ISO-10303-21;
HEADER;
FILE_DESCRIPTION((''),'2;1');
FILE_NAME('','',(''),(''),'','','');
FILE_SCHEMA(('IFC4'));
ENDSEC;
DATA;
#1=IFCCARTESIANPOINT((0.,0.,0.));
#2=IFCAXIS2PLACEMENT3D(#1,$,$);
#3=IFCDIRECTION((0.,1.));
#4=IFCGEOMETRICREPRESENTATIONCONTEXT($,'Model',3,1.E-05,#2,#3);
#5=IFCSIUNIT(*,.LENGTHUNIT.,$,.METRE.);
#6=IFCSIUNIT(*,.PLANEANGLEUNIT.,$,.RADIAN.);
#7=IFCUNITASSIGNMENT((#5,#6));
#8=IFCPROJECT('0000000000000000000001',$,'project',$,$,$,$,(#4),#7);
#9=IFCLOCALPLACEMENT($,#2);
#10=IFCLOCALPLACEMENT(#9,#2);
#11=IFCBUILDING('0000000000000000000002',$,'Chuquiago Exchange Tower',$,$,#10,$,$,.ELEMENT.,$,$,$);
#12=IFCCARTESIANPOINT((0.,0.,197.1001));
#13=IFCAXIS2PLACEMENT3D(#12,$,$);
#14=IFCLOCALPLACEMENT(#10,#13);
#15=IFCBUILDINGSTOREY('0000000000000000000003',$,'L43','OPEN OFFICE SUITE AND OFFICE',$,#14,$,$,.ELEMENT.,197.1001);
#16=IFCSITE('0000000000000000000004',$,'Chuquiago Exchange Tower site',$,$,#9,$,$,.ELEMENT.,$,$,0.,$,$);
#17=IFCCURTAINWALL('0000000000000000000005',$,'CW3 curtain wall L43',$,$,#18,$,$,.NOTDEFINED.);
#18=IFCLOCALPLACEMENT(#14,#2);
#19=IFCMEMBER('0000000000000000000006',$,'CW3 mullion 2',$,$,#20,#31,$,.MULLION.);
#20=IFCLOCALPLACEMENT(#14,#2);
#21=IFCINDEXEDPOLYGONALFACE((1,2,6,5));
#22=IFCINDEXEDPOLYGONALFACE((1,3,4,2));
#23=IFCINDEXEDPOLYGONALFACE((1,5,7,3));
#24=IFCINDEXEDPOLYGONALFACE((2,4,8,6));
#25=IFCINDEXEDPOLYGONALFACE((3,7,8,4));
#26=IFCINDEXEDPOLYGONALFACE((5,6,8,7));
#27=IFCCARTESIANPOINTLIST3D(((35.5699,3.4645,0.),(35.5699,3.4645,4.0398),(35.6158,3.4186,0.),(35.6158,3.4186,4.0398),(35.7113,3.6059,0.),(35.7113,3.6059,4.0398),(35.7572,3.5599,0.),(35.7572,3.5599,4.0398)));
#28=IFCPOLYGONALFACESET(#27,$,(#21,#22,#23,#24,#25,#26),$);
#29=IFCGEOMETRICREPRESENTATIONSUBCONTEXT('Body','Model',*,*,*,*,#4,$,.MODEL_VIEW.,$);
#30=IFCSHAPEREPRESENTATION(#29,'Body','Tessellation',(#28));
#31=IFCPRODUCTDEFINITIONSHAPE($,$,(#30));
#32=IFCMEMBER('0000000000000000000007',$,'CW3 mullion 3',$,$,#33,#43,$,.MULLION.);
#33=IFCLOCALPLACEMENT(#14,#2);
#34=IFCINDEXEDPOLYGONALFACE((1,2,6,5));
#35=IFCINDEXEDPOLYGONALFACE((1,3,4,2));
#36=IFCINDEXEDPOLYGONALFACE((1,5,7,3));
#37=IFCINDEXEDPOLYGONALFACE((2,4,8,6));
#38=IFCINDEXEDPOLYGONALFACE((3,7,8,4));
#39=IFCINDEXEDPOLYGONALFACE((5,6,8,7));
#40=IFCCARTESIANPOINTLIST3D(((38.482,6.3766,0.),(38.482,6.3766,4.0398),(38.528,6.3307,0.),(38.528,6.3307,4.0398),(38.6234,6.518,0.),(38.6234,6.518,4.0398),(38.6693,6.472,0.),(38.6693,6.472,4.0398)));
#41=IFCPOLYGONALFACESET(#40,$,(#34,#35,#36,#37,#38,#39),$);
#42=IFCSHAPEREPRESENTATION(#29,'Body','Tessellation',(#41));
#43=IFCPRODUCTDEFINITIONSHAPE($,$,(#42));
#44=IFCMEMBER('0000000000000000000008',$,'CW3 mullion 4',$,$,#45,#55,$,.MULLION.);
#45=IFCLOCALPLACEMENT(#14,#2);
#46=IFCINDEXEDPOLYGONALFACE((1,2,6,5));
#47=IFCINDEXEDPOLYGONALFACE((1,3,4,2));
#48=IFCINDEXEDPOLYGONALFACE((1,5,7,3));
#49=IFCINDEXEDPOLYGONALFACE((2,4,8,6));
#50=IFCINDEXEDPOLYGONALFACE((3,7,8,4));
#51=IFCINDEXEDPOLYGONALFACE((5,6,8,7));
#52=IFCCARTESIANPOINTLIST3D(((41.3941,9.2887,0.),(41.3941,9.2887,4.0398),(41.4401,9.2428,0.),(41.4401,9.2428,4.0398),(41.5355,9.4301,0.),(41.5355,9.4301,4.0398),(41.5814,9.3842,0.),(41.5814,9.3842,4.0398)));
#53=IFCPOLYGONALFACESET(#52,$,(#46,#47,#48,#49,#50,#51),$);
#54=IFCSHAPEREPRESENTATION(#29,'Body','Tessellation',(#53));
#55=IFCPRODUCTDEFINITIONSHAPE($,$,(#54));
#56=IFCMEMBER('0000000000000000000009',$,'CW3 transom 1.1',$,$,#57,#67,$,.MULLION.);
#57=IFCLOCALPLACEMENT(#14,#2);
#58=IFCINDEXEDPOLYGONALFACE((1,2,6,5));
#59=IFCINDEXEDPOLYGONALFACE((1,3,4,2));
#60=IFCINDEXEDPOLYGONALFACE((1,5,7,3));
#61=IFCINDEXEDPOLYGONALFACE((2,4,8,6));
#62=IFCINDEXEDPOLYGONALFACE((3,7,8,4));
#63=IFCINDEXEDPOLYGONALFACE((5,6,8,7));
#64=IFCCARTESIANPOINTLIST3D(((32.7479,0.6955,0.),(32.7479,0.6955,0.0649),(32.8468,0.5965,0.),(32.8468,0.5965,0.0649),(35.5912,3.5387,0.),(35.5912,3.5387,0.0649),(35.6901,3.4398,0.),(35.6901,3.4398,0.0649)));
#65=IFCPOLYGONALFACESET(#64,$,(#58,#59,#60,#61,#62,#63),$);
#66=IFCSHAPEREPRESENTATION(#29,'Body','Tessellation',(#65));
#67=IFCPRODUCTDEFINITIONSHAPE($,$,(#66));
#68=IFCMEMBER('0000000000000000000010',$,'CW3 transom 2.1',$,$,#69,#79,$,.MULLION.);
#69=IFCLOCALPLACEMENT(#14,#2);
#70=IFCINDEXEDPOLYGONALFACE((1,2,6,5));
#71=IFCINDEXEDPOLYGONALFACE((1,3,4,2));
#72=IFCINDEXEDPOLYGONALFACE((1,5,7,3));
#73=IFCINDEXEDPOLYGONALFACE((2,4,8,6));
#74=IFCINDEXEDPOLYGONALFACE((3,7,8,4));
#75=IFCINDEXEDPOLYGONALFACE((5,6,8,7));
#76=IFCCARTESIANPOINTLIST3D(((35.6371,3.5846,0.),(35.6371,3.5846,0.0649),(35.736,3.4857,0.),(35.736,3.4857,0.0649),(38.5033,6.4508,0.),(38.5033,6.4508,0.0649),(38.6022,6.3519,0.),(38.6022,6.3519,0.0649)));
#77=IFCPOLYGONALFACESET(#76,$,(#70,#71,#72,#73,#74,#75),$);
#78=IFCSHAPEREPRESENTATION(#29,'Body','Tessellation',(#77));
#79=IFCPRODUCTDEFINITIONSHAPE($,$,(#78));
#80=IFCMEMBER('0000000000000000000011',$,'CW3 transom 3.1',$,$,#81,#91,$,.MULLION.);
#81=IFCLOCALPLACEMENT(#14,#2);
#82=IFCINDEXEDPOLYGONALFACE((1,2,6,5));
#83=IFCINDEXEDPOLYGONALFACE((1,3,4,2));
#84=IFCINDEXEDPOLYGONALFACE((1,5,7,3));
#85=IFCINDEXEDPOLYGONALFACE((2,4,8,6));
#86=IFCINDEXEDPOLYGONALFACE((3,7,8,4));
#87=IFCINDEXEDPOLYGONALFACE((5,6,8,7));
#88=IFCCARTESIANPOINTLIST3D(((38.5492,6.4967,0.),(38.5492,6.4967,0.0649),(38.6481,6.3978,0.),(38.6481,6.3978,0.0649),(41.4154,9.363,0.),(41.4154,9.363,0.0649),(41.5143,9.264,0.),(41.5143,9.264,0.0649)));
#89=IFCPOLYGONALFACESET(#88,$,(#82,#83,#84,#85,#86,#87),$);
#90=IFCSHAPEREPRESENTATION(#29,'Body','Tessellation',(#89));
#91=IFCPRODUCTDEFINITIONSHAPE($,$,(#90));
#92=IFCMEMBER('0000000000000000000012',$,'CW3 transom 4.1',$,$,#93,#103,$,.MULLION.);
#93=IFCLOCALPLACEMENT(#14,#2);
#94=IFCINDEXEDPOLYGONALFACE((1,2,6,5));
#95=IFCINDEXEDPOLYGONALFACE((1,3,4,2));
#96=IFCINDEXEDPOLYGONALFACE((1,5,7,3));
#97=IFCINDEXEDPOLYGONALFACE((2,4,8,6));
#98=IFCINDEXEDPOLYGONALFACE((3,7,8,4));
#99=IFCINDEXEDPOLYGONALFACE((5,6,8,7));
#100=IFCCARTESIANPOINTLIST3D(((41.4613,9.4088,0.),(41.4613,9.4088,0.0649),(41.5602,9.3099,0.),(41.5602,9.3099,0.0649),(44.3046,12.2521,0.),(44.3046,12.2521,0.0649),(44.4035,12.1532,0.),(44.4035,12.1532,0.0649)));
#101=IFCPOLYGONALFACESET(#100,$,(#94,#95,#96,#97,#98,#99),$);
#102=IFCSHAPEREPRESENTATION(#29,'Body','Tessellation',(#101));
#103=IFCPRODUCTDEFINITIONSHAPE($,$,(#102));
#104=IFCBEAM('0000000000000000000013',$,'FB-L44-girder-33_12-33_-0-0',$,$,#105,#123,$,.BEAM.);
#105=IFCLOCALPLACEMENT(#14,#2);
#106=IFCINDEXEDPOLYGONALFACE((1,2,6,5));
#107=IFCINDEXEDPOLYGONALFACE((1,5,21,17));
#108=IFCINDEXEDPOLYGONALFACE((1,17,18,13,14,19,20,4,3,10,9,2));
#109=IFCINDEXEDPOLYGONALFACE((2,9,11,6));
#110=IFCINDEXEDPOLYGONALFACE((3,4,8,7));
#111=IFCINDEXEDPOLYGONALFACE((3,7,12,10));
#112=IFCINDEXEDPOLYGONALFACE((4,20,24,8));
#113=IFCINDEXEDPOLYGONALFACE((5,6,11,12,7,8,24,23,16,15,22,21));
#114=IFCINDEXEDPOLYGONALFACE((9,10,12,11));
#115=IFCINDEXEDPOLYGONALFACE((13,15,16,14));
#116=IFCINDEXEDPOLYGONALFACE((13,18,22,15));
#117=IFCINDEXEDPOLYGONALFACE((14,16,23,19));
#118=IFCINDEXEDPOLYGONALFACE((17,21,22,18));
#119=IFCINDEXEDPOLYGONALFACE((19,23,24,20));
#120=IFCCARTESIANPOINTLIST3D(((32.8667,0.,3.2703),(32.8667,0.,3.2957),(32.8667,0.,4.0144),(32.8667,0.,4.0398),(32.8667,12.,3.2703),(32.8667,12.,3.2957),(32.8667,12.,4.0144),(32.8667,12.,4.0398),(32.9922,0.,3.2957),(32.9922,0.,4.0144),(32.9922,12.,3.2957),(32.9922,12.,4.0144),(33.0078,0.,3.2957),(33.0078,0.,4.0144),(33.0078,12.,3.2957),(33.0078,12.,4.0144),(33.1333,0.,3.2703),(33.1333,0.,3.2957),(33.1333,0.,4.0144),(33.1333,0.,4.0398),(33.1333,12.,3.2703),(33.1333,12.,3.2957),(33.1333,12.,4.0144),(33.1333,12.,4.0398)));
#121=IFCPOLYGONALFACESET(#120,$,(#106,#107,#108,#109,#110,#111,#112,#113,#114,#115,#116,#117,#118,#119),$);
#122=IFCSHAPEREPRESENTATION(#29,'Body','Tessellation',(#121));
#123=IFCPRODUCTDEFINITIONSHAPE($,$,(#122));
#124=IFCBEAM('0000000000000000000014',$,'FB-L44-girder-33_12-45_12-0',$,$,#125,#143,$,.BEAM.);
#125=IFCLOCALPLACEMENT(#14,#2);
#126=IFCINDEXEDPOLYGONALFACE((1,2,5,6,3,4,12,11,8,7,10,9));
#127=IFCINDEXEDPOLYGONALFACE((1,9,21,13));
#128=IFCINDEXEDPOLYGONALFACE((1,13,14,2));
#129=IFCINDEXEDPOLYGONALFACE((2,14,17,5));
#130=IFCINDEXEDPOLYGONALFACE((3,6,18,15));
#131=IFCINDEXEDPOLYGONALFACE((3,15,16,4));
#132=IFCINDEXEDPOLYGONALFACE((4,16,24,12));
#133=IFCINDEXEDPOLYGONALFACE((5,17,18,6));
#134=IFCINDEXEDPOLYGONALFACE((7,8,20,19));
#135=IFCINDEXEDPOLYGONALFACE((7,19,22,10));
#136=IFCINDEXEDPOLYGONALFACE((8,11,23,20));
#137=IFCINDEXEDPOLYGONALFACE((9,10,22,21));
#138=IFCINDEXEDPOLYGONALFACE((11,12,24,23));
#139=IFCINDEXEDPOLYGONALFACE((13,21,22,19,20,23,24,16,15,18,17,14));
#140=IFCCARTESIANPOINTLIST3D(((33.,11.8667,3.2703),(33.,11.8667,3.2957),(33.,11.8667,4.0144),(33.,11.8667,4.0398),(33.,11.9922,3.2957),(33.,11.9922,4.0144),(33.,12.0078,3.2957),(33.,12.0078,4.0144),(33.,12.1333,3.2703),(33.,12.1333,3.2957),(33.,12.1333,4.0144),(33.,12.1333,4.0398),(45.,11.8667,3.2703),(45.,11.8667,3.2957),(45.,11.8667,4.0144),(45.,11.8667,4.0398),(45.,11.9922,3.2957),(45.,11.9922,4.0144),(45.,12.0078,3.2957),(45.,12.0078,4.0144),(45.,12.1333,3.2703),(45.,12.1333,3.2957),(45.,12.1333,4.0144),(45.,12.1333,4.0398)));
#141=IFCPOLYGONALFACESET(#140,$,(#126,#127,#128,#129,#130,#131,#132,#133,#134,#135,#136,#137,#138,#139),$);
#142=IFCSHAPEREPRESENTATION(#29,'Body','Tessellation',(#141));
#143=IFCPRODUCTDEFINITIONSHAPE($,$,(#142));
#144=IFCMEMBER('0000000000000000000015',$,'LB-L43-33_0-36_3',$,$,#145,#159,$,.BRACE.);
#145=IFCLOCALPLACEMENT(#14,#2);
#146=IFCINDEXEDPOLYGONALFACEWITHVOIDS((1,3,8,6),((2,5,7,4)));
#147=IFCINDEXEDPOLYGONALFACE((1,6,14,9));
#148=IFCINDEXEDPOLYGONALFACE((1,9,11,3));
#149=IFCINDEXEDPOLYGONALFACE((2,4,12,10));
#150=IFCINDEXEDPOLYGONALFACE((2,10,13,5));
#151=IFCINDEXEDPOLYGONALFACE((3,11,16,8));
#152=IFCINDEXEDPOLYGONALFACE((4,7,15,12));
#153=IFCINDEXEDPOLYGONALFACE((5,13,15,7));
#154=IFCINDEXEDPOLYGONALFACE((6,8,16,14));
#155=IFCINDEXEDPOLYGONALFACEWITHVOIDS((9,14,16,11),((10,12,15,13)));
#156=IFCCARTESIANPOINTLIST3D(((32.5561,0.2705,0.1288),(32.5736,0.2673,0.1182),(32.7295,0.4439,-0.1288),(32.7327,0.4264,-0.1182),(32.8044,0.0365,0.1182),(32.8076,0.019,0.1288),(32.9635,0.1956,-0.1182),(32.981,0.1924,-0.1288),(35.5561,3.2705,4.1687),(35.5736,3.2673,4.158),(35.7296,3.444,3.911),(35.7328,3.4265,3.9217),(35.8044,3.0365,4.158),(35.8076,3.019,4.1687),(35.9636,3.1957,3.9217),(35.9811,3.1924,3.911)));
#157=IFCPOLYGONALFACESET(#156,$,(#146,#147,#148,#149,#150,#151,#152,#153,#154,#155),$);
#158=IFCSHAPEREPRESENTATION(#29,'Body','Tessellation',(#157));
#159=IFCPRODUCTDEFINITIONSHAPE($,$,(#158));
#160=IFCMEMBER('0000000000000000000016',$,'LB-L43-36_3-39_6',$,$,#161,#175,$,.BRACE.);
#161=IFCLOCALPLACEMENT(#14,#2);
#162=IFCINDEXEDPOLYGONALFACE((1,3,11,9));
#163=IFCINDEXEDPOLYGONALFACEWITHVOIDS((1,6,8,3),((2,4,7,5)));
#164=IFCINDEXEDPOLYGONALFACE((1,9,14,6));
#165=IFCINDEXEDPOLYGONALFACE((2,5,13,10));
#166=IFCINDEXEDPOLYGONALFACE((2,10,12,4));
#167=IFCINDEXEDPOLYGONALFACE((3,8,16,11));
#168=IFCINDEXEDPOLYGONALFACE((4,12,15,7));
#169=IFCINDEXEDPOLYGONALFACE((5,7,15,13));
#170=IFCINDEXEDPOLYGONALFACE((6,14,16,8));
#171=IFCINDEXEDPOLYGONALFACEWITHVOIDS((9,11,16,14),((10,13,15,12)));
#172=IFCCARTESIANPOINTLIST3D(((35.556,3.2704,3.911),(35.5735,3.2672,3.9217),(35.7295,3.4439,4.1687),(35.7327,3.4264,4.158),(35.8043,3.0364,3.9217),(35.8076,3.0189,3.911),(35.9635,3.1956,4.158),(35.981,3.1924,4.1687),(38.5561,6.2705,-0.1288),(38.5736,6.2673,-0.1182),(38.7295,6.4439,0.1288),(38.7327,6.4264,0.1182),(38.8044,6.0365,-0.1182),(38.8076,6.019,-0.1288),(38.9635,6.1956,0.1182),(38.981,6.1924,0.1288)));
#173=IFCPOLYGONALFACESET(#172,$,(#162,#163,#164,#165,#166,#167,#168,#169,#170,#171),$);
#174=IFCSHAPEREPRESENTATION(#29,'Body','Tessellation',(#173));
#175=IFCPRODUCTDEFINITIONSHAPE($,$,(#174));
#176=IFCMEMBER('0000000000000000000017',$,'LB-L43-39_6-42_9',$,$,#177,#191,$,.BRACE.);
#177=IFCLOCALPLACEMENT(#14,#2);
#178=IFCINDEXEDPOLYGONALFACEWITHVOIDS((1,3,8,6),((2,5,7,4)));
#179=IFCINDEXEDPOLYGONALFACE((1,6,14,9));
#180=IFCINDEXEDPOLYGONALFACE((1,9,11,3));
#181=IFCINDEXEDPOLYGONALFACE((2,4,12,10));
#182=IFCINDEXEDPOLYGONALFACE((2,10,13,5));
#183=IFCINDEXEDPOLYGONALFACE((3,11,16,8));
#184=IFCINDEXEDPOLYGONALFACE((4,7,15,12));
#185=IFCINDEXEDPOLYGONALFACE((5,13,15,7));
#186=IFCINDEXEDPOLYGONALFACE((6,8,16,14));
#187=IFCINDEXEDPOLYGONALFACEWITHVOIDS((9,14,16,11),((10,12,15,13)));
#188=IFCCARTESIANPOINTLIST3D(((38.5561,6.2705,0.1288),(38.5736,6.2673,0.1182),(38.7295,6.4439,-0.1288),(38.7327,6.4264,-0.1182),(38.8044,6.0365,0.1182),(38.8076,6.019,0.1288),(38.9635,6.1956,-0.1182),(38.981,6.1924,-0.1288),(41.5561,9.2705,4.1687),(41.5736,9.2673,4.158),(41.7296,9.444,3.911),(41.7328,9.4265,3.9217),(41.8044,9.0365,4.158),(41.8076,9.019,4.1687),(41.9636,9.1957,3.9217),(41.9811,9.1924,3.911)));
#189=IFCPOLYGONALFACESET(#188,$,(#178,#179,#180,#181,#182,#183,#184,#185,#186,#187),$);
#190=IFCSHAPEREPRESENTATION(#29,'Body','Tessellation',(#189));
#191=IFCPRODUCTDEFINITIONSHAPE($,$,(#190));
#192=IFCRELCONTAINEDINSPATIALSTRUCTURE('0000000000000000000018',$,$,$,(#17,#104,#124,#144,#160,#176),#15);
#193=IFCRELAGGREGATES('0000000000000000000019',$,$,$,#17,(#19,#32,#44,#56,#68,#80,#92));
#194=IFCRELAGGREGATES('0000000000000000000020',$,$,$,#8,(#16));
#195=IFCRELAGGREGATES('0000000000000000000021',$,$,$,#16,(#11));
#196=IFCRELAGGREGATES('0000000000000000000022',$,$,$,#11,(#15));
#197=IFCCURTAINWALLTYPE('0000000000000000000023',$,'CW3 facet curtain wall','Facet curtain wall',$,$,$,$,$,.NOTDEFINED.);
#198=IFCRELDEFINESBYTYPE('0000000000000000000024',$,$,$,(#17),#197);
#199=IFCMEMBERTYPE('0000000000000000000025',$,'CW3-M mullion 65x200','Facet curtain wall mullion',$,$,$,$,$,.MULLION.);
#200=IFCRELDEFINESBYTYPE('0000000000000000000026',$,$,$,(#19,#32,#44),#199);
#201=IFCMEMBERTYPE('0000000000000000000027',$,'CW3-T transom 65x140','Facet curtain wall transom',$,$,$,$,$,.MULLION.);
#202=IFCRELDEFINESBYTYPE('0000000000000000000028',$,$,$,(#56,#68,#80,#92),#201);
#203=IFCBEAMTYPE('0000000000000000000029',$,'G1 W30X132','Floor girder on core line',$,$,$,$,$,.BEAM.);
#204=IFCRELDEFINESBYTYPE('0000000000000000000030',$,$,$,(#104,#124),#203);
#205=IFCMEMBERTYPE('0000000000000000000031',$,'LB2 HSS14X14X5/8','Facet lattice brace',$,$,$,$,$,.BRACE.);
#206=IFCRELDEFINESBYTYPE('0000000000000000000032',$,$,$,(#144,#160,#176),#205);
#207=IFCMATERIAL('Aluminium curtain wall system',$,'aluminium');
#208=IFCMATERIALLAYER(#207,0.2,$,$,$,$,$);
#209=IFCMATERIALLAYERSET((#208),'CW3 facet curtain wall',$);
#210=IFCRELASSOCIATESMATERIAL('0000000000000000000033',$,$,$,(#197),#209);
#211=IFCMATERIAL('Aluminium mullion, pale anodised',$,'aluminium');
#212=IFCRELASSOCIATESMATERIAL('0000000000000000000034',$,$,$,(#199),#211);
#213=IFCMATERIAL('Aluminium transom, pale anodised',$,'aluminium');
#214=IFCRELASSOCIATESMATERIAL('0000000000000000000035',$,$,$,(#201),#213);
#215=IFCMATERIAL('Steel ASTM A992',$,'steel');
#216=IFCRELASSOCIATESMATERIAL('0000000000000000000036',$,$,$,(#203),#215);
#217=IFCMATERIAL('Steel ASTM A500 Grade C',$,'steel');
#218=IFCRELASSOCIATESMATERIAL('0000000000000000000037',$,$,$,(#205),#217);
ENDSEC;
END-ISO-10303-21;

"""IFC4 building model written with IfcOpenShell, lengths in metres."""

from ifc_helpers import new_model, si_unit, direction, frame, origin, origin_2d, place, context, subcontext, project, spatial, rectangle, hollow_rectangle, i_section, extrude, material, layer, layer_set, material_profile, profile_set, type_object, element, aggregate, save


model = new_model("IFC4")

# Units and contexts
model_context = context("Model", 3, precision=1e-05, world=origin(), true_north=direction((0.0, 1.0)))
body_context = subcontext(model_context, "Body", "Model", "MODEL_VIEW")
ifc_project = project(units=[si_unit("LENGTHUNIT", "METRE"), si_unit("PLANEANGLEUNIT", "RADIAN")], contexts=[model_context])

# Site, building, storey
site_placement = place(None, origin())
site = spatial("IfcSite", under=ifc_project, at=site_placement, Name="Chuquiago Exchange Tower site", CompositionType="ELEMENT", RefElevation=0.0)
building_placement = place(site_placement, origin())
building = spatial("IfcBuilding", under=site, at=building_placement, Name="Chuquiago Exchange Tower", CompositionType="ELEMENT")
storey_placement = place(building_placement, frame((0.0, 0.0, 197.1001)))
storey = spatial("IfcBuildingStorey", under=building, at=storey_placement, Name="L43", Description="OPEN OFFICE SUITE AND OFFICE", CompositionType="ELEMENT", Elevation=197.1001)

# Curtain wall, members
ifc_material_1 = material(Name="Aluminium curtain wall system", Category="aluminium")
ifc_layer_1 = layer(ifc_material_1, 0.2)
ifc_layer_set_1 = layer_set([ifc_layer_1], Name="CW3 facet curtain wall")
curtain_wall_type = type_object("IfcCurtainWallType", Name="CW3 facet curtain wall", Description="Facet curtain wall", PredefinedType="NOTDEFINED", material=ifc_layer_set_1)
curtain_wall_placement = place(storey_placement, origin())
curtain_wall = element("IfcCurtainWall", 1, at=curtain_wall_placement, inside=storey, type_object=curtain_wall_type, Name="CW3 curtain wall L43", PredefinedType="NOTDEFINED")
ifc_material_2 = material(Name="Aluminium mullion, pale anodised", Category="aluminium")
ifc_material_profile_1 = material_profile(ifc_material_2, rectangle(XDim=0.0649, YDim=0.2, at=origin_2d()), Name="AL 65x200")
ifc_profile_set_1 = profile_set([ifc_material_profile_1], Name="Aluminium mullion, pale anodised")
member_type_1 = type_object("IfcMemberType", Name="CW3-M mullion 65x200", Description="Facet curtain wall mullion", PredefinedType="MULLION", material=ifc_profile_set_1)
member_1_placement = place(storey_placement, frame((35.6636, 3.5122, 0.0), z_axis=(0.0, 0.0, 1.0), x_axis=(-0.707107, 0.707107, 0.0)))
member_1 = element("IfcMember", 2, at=member_1_placement, type_object=member_type_1, Name="CW3 mullion 2", PredefinedType="MULLION", context=body_context, shape_type="SweptSolid", body=[
    extrude(rectangle(XDim=0.0649, YDim=0.2, at=origin_2d()), origin(), (0.0, 0.0, 1.0), 4.0398),
])
member_2_placement = place(storey_placement, frame((38.5757, 6.4243, 0.0), z_axis=(0.0, 0.0, 1.0), x_axis=(-0.707107, 0.707107, 0.0)))
member_2 = element("IfcMember", 3, at=member_2_placement, type_object=member_type_1, Name="CW3 mullion 3", PredefinedType="MULLION", context=body_context, shape_type="SweptSolid", body=[
    extrude(rectangle(XDim=0.0649, YDim=0.2, at=origin_2d()), origin(), (0.0, 0.0, 1.0), 4.0398),
])
member_3_placement = place(storey_placement, frame((41.4878, 9.3364, 0.0), z_axis=(0.0, 0.0, 1.0), x_axis=(-0.707107, 0.707107, 0.0)))
member_3 = element("IfcMember", 4, at=member_3_placement, type_object=member_type_1, Name="CW3 mullion 4", PredefinedType="MULLION", context=body_context, shape_type="SweptSolid", body=[
    extrude(rectangle(XDim=0.0649, YDim=0.2, at=origin_2d()), origin(), (0.0, 0.0, 1.0), 4.0398),
])
ifc_material_3 = material(Name="Aluminium transom, pale anodised", Category="aluminium")
ifc_material_profile_2 = material_profile(ifc_material_3, rectangle(XDim=0.1399, YDim=0.0649, at=origin_2d()), Name="AL 140x65")
ifc_profile_set_2 = profile_set([ifc_material_profile_2], Name="Aluminium transom, pale anodised")
member_type_2 = type_object("IfcMemberType", Name="CW3-T transom 65x140", Description="Facet curtain wall transom", PredefinedType="MULLION", material=ifc_profile_set_2)
member_4_placement = place(storey_placement, frame((32.7974, 0.646, 0.0325), z_axis=(0.707107, 0.707107, 0.0), x_axis=(-0.707107, 0.707107, 0.0)))
member_4 = element("IfcMember", 5, at=member_4_placement, type_object=member_type_2, Name="CW3 transom 1.1", PredefinedType="MULLION", context=body_context, shape_type="SweptSolid", body=[
    extrude(rectangle(XDim=0.1399, YDim=0.0649, at=origin_2d()), origin(), (0.0, 0.0, 1.0), 4.021),
])
member_5_placement = place(storey_placement, frame((35.6865, 3.5352, 0.0325), z_axis=(0.707107, 0.707107, 0.0), x_axis=(-0.707107, 0.707107, 0.0)))
member_5 = element("IfcMember", 6, at=member_5_placement, type_object=member_type_2, Name="CW3 transom 2.1", PredefinedType="MULLION", context=body_context, shape_type="SweptSolid", body=[
    extrude(rectangle(XDim=0.1399, YDim=0.0649, at=origin_2d()), origin(), (0.0, 0.0, 1.0), 4.0535),
])
member_6_placement = place(storey_placement, frame((38.5986, 6.4473, 0.0325), z_axis=(0.707107, 0.707107, 0.0), x_axis=(-0.707107, 0.707107, 0.0)))
member_6 = element("IfcMember", 7, at=member_6_placement, type_object=member_type_2, Name="CW3 transom 3.1", PredefinedType="MULLION", context=body_context, shape_type="SweptSolid", body=[
    extrude(rectangle(XDim=0.1399, YDim=0.0649, at=origin_2d()), origin(), (0.0, 0.0, 1.0), 4.0535),
])
member_7_placement = place(storey_placement, frame((41.5107, 9.3594, 0.0325), z_axis=(0.707107, 0.707107, 0.0), x_axis=(-0.707107, 0.707107, 0.0)))
member_7 = element("IfcMember", 8, at=member_7_placement, type_object=member_type_2, Name="CW3 transom 4.1", PredefinedType="MULLION", context=body_context, shape_type="SweptSolid", body=[
    extrude(rectangle(XDim=0.1399, YDim=0.0649, at=origin_2d()), origin(), (0.0, 0.0, 1.0), 4.021),
])

# Beams
ifc_material_4 = material(Name="Steel ASTM A992", Category="steel")
ifc_material_profile_3 = material_profile(ifc_material_4, i_section(OverallWidth=0.2666, OverallDepth=0.7695, WebThickness=0.0156, FlangeThickness=0.0254, at=origin_2d()), Name="W30X132")
ifc_profile_set_3 = profile_set([ifc_material_profile_3], Name="Steel ASTM A992")
beam_type_1 = type_object("IfcBeamType", Name="G1 W30X132", Description="Floor girder on core line", PredefinedType="BEAM", material=ifc_profile_set_3)
for number, where, z_axis, x_axis, name in (
    (9, (33.0, 12.0, 3.655), (0.0, -1.0, 0.0), (1.0, 0.0, 0.0), "FB-L44-girder-33_12-33_-0-0"),
    (10, (33.0, 12.0, 3.655), (1.0, 0.0, 0.0), (0.0, 1.0, 0.0), "FB-L44-girder-33_12-45_12-0"),
):
    element("IfcBeam", number, at=place(storey_placement, frame(where, z_axis=z_axis, x_axis=x_axis)), inside=storey, type_object=beam_type_1, Name=name, PredefinedType="BEAM", context=body_context, shape_type="SweptSolid", body=[
        extrude(i_section(OverallWidth=0.2666, OverallDepth=0.7695, WebThickness=0.0156, FlangeThickness=0.0254, at=origin_2d()), origin(), (0.0, 0.0, 1.0), 12.0),
    ])

# Members
ifc_material_5 = material(Name="Steel ASTM A500 Grade C", Category="steel")
ifc_material_profile_4 = material_profile(ifc_material_5, hollow_rectangle(XDim=0.3557, YDim=0.3557, WallThickness=0.0146, at=origin_2d()), Name="HSS14X14X5/8")
ifc_profile_set_4 = profile_set([ifc_material_profile_4], Name="Steel ASTM A500 Grade C")
member_type_3 = type_object("IfcMemberType", Name="LB2 HSS14X14X5/8", Description="Facet lattice brace", PredefinedType="BRACE", material=ifc_profile_set_4)
for number, where, z_axis, x_axis, name in (
    (11, (32.7686, 0.2314, 0.0), (0.512092, 0.512092, 0.689582), (-0.707107, 0.707107, 0.0), "LB-L43-33_0-36_3"),
    (12, (38.7686, 6.2314, 0.0), (-0.512092, -0.512092, 0.689582), (0.707107, -0.707107, 0.0), "LB-L43-36_3-39_6"),
    (13, (38.7686, 6.2314, 0.0), (0.512092, 0.512092, 0.689582), (-0.707107, 0.707107, 0.0), "LB-L43-39_6-42_9"),
):
    element("IfcMember", number, at=place(storey_placement, frame(where, z_axis=z_axis, x_axis=x_axis)), inside=storey, type_object=member_type_3, Name=name, PredefinedType="BRACE", context=body_context, shape_type="SweptSolid", body=[
        extrude(hollow_rectangle(XDim=0.3557, YDim=0.3557, WallThickness=0.0146, at=origin_2d()), origin(), (0.0, 0.0, 1.0), 5.8584),
    ])

aggregate(curtain_wall, [member_1, member_2, member_3, member_4, member_5, member_6, member_7])

save(model, "model.ifc")
